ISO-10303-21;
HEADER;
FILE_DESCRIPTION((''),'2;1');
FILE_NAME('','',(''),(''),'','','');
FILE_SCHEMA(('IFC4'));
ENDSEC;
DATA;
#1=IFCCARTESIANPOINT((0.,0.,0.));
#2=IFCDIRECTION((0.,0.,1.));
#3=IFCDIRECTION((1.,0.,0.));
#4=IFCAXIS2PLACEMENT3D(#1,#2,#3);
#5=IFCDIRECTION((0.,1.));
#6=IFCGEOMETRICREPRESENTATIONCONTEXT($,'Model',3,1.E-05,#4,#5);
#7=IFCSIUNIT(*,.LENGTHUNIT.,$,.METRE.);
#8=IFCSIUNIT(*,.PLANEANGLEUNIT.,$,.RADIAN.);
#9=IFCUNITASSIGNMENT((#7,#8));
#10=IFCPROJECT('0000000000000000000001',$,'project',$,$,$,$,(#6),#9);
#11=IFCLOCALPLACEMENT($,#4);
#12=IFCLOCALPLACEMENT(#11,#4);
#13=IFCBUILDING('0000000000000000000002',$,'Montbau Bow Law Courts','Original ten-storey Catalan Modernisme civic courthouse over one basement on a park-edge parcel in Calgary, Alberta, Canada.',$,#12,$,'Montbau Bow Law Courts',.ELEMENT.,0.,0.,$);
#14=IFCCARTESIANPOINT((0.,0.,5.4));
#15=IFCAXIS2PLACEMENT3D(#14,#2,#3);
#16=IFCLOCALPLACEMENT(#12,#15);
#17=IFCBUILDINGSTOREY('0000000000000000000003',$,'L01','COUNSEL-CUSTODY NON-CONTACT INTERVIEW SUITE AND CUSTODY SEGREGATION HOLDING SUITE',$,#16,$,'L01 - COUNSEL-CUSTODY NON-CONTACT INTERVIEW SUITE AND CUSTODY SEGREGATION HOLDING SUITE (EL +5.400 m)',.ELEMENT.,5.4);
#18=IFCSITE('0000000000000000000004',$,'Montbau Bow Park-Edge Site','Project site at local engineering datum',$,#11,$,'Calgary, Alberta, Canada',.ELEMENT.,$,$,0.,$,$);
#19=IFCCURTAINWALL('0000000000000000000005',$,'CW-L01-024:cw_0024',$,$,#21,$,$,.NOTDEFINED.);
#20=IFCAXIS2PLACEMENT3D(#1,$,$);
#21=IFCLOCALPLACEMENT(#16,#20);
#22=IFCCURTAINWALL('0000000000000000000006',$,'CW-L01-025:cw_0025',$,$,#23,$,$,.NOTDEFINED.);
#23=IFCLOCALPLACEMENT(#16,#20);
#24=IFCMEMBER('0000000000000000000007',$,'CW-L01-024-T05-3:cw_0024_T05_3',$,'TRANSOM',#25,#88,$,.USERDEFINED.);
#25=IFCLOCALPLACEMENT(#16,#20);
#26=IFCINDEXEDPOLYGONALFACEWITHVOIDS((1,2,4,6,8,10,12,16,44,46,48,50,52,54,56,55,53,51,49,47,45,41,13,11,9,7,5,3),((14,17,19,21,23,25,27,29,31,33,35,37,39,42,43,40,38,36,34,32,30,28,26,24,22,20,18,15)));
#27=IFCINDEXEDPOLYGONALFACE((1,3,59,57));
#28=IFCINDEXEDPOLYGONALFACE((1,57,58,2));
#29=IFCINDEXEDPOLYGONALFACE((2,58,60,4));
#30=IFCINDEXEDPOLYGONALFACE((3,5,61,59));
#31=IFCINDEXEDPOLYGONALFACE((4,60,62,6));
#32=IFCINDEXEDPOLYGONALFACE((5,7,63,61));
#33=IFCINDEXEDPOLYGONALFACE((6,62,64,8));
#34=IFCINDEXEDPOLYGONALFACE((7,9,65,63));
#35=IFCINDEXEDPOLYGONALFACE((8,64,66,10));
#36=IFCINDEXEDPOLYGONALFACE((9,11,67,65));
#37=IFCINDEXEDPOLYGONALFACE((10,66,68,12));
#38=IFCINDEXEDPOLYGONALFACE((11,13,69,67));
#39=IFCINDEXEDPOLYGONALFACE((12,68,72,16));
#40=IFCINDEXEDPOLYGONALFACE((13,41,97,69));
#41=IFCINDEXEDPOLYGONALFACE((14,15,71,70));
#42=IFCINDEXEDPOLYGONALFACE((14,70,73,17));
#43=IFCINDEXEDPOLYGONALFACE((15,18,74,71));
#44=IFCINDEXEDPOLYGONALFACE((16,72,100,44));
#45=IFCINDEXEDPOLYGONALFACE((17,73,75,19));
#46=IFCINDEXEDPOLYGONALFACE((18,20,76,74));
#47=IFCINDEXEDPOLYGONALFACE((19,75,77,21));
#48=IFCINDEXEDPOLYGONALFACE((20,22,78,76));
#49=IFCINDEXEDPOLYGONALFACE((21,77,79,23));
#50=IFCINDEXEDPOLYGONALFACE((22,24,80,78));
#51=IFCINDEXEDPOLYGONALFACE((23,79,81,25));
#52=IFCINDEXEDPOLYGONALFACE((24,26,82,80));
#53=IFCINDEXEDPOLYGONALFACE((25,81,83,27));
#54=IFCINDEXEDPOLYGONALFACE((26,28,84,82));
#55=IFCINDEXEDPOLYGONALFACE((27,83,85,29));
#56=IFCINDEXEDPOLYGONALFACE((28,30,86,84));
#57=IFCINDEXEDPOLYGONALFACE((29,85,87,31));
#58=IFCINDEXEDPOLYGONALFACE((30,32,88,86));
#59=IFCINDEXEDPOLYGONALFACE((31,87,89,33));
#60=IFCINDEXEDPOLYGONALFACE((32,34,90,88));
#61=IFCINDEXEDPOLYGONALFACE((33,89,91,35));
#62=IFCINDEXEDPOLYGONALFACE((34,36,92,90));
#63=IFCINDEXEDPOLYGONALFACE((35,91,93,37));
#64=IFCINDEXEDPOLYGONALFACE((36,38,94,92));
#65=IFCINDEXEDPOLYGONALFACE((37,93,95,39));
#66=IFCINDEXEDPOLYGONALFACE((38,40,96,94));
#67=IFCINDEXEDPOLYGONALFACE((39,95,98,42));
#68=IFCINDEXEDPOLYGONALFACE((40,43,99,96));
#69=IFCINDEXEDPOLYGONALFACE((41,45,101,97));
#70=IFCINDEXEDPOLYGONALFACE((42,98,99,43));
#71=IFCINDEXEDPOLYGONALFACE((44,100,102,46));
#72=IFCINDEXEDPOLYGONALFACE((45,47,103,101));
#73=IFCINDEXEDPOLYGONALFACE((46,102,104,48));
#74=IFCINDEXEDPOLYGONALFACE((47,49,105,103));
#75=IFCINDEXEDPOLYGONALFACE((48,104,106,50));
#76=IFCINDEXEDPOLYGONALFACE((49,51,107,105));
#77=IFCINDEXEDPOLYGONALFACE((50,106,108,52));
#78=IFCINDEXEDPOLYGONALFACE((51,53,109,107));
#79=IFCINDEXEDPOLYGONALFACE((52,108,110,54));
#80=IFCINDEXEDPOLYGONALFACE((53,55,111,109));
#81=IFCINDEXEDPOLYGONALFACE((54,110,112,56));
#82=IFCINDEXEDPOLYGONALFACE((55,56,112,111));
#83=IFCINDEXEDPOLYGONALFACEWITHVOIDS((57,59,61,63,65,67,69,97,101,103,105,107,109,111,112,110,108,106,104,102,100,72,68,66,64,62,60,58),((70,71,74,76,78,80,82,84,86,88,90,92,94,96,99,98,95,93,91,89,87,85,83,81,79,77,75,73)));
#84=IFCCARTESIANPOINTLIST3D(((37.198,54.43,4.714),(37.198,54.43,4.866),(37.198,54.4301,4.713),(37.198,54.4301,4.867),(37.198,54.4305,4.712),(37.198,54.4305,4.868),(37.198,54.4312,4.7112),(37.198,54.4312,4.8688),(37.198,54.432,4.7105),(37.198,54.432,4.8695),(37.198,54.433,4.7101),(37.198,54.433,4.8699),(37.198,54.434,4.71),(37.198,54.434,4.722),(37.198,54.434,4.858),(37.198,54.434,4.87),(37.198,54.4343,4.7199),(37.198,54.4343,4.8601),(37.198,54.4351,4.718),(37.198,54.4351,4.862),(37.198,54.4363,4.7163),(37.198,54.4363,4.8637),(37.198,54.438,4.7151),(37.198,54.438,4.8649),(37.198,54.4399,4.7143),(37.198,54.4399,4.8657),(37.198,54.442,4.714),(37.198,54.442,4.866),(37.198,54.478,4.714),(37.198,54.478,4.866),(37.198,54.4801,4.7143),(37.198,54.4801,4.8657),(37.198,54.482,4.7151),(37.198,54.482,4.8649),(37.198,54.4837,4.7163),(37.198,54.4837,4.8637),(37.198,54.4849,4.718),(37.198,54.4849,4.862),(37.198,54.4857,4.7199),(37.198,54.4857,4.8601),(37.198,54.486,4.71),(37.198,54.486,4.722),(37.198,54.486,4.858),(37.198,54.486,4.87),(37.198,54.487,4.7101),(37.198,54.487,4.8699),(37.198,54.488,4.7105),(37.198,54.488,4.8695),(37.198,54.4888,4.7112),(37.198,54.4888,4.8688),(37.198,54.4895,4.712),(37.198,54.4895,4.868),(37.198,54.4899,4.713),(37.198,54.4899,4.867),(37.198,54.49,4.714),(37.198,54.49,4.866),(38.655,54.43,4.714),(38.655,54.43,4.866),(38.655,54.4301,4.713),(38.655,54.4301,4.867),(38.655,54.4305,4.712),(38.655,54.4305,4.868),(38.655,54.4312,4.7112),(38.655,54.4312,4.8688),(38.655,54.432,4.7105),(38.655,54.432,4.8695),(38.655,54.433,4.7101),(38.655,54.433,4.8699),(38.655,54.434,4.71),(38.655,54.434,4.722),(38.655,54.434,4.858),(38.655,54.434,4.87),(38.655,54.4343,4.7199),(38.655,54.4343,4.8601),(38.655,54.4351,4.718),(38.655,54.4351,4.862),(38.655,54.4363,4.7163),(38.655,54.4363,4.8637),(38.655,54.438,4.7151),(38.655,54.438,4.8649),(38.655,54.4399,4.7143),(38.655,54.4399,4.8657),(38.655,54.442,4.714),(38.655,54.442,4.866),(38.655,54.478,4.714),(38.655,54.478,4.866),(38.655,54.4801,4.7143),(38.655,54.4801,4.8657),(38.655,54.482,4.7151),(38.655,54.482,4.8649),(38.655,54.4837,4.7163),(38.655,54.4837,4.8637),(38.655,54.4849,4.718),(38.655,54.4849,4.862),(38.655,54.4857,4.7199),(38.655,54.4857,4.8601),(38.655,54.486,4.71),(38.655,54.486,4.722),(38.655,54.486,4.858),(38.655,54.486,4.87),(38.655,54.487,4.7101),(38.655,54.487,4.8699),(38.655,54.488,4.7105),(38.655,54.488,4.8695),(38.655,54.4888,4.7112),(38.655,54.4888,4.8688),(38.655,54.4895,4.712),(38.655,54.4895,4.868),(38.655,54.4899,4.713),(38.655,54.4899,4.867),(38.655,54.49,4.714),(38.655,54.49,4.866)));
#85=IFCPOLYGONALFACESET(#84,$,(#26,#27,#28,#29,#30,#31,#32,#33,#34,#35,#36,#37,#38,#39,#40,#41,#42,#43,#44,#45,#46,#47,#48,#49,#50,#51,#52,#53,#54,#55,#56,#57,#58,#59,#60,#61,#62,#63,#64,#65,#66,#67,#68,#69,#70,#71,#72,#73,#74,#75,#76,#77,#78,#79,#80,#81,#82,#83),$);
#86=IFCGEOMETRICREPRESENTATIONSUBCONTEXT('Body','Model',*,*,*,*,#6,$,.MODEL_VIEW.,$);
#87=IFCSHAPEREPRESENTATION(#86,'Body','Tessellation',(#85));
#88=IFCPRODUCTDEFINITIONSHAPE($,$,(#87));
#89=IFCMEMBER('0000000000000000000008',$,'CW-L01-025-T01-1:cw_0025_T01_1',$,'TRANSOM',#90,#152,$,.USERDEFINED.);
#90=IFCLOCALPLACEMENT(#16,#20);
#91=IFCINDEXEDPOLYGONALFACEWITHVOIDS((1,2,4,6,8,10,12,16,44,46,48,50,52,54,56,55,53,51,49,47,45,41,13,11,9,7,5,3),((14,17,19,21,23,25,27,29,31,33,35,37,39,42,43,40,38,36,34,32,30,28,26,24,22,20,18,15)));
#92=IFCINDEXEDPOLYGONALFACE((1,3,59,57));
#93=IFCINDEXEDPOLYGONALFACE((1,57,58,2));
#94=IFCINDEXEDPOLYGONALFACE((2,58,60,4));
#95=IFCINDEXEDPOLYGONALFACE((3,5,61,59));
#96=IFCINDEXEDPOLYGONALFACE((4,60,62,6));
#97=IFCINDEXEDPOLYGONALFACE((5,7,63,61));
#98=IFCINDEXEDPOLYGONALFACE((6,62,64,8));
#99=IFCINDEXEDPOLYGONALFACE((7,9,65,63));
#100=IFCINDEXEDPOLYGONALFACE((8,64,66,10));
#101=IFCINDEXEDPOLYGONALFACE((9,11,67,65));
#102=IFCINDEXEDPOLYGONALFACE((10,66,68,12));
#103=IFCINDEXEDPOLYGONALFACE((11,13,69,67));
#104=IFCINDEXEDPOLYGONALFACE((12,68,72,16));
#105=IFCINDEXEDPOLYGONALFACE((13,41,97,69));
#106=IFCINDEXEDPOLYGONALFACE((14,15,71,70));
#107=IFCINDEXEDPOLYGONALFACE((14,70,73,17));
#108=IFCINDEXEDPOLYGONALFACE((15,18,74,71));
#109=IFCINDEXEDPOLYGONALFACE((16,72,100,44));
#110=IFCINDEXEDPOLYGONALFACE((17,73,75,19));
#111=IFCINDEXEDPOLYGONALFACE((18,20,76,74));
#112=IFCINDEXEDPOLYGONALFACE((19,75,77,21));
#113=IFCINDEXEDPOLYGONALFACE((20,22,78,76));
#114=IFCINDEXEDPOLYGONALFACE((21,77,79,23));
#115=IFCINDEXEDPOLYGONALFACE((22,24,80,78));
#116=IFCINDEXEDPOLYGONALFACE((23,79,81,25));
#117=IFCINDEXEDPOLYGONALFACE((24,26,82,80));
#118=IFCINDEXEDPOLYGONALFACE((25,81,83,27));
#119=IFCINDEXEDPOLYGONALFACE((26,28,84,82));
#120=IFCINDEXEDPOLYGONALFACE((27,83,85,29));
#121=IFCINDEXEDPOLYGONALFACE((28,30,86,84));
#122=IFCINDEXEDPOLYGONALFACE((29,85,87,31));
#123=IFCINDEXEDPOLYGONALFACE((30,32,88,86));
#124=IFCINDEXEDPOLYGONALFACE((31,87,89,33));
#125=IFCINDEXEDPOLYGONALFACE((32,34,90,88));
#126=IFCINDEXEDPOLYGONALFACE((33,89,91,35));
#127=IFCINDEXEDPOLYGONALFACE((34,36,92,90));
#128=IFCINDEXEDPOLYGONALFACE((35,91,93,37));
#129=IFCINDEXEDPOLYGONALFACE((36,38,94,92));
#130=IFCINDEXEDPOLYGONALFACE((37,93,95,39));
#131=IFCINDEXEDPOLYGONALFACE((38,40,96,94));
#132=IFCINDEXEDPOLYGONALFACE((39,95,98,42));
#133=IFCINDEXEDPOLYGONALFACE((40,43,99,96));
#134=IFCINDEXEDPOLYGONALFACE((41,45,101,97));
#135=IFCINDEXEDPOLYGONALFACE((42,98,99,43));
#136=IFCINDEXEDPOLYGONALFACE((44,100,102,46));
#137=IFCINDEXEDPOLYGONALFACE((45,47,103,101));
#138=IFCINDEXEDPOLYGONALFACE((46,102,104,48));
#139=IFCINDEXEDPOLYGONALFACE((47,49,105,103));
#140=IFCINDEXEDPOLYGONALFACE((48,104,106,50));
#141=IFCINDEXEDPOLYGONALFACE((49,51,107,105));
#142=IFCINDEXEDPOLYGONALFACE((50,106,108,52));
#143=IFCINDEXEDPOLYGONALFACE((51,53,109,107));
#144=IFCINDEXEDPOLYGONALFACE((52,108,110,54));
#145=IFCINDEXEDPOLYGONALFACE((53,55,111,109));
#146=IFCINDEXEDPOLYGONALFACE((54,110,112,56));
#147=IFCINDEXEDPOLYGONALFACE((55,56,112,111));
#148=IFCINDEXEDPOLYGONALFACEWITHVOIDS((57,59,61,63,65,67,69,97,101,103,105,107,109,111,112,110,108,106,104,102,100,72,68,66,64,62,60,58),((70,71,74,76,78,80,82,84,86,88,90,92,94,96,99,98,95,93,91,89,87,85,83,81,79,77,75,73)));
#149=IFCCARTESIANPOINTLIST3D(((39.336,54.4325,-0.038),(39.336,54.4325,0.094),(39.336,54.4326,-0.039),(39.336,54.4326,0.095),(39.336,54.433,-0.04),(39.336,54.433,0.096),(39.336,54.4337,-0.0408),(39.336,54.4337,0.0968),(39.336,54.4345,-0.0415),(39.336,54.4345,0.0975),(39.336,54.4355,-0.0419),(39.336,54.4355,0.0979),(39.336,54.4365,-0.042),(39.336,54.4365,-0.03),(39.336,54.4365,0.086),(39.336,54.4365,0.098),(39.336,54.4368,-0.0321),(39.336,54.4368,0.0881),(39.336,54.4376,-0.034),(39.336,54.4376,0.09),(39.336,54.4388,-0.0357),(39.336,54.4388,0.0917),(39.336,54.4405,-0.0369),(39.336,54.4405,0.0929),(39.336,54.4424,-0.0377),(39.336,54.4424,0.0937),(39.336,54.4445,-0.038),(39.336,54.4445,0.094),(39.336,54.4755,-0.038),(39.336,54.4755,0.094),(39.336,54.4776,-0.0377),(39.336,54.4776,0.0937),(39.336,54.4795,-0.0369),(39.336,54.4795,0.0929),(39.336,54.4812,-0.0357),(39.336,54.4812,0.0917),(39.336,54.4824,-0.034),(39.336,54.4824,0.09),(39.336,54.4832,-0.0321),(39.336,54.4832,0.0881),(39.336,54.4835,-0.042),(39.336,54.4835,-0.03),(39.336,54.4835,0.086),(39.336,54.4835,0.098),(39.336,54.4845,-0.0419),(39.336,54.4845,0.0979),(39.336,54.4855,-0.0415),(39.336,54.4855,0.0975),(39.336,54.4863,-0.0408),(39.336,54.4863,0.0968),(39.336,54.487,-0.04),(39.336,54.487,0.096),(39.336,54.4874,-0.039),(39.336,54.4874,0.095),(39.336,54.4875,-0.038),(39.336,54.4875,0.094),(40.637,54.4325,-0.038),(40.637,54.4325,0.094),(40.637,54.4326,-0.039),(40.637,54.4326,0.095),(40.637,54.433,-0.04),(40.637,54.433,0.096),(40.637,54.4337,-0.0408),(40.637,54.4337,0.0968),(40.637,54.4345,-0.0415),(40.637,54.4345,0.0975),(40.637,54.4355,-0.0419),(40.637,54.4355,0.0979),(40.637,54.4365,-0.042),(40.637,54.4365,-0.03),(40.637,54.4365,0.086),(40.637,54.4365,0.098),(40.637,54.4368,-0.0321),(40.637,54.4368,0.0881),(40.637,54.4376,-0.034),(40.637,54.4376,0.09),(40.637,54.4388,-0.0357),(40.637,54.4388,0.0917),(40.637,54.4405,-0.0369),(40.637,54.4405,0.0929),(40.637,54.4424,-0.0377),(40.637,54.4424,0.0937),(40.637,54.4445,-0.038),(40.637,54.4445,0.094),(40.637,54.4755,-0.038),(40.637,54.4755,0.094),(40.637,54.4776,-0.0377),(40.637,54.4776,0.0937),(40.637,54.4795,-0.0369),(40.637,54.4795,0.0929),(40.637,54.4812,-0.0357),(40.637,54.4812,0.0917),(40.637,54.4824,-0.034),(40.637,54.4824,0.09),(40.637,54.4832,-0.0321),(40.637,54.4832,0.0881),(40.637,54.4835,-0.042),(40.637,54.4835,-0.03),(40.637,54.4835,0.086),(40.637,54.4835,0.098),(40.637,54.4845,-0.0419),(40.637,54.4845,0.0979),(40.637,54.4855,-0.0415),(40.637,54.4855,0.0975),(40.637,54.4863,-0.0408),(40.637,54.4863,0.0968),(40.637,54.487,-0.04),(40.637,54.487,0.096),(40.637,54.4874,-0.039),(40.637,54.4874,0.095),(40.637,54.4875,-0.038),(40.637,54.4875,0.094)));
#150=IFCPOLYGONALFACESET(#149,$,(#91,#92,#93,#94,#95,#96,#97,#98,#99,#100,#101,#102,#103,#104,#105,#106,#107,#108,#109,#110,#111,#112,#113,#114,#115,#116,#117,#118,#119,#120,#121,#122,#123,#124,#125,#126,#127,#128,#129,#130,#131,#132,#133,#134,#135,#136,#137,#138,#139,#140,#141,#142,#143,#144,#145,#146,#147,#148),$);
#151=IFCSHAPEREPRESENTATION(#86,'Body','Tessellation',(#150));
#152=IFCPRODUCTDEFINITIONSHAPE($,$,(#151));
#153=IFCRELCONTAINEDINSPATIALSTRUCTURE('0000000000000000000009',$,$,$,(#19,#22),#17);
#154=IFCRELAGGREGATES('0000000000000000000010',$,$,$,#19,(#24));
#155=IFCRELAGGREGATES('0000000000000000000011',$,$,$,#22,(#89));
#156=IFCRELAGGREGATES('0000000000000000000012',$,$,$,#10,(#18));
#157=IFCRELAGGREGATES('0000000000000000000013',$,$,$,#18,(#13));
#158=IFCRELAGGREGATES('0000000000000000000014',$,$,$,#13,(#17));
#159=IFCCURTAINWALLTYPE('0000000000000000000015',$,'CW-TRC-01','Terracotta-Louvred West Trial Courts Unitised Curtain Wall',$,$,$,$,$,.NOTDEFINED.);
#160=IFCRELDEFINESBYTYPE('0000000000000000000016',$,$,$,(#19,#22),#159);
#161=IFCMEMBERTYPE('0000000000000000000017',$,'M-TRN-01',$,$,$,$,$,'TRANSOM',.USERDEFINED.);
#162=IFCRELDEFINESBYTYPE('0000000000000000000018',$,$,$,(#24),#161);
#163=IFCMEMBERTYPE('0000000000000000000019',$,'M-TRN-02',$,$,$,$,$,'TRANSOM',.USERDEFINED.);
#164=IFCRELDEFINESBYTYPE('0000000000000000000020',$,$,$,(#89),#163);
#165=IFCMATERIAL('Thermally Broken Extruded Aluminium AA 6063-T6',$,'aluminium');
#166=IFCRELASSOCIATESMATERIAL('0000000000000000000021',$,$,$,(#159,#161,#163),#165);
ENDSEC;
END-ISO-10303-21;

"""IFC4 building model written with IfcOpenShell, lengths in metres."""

from ifc_helpers import new_model, si_unit, direction, frame, origin_with_axes, origin_2d_with_axis, place, context, subcontext, project, spatial, hollow_rectangle, extrude, material, material_profile, profile_set, type_object, element, aggregate, save


model = new_model("IFC4")

# Units and contexts
model_context = context("Model", 3, precision=1e-05, world=origin_with_axes(), true_north=direction((0.0, 1.0)))
body_context = subcontext(model_context, "Body", "Model", "MODEL_VIEW")
ifc_project = project(units=[si_unit("LENGTHUNIT", "METRE"), si_unit("PLANEANGLEUNIT", "RADIAN")], contexts=[model_context])

# Site, building, storey
site_placement = place(None, origin_with_axes())
site = spatial("IfcSite", under=ifc_project, at=site_placement, Name="Montbau Bow Park-Edge Site", Description="Project site at local engineering datum", LongName="Calgary, Alberta, Canada", CompositionType="ELEMENT", RefElevation=0.0)
building_placement = place(site_placement, origin_with_axes())
building = spatial("IfcBuilding", under=site, at=building_placement, Name="Montbau Bow Law Courts", Description="Original ten-storey Catalan Modernisme civic courthouse over one basement on a park-edge parcel in Calgary, Alberta, Canada.", LongName="Montbau Bow Law Courts", CompositionType="ELEMENT", ElevationOfRefHeight=0.0, ElevationOfTerrain=0.0)
storey_placement = place(building_placement, frame((0.0, 0.0, 5.4), z_axis=(0.0, 0.0, 1.0), x_axis=(1.0, 0.0, 0.0)))
storey = spatial("IfcBuildingStorey", under=building, at=storey_placement, Name="L01", Description="COUNSEL-CUSTODY NON-CONTACT INTERVIEW SUITE AND CUSTODY SEGREGATION HOLDING SUITE", LongName="L01 - COUNSEL-CUSTODY NON-CONTACT INTERVIEW SUITE AND CUSTODY SEGREGATION HOLDING SUITE (EL +5.400 m)", CompositionType="ELEMENT", Elevation=5.4)

# Curtain walls
ifc_material_1 = material(Name="Thermally Broken Extruded Aluminium AA 6063-T6", Category="aluminium")
curtain_wall_type = type_object("IfcCurtainWallType", Name="CW-TRC-01", Description="Terracotta-Louvred West Trial Courts Unitised Curtain Wall", PredefinedType="NOTDEFINED", material=ifc_material_1)
curtain_wall_1_placement = place(None, frame((30.867, 54.46, 5.4), z_axis=(0.0, 0.0, 1.0), x_axis=(1.0, 0.0, 0.0)))
curtain_wall_1 = element("IfcCurtainWall", 1, at=curtain_wall_1_placement, inside=storey, type_object=curtain_wall_type, Name="CW-L01-024:cw_0024", PredefinedType="NOTDEFINED")
curtain_wall_2_placement = place(None, frame((39.268, 54.46, 5.4), z_axis=(0.0, 0.0, 1.0), x_axis=(1.0, 0.0, 0.0)))
curtain_wall_2 = element("IfcCurtainWall", 2, at=curtain_wall_2_placement, inside=storey, type_object=curtain_wall_type, Name="CW-L01-025:cw_0025", PredefinedType="NOTDEFINED")

# Members
ifc_material_profile_1 = material_profile(ifc_material_1, hollow_rectangle(XDim=0.06, YDim=0.16, WallThickness=0.004, InnerFilletRadius=0.008, OuterFilletRadius=0.004, at=origin_2d_with_axis()), Name="CWT-160X60", Category="Main", Priority=0)
ifc_profile_set_1 = profile_set([ifc_material_profile_1], Name="Thermally Broken Extruded Aluminium AA 6063-T6")
member_type_1 = type_object("IfcMemberType", Name="M-TRN-01", ElementType="TRANSOM", PredefinedType="USERDEFINED", material=ifc_profile_set_1)
member_1_placement = place(None, frame((37.198, 54.46, 10.19), z_axis=(1.0, 0.0, 0.0), x_axis=(0.0, 1.0, 0.0)))
member_1 = element("IfcMember", 3, at=member_1_placement, type_object=member_type_1, Name="CW-L01-024-T05-3:cw_0024_T05_3", ObjectType="TRANSOM", PredefinedType="USERDEFINED", context=body_context, shape_type="SweptSolid", body=[
    extrude(hollow_rectangle(XDim=0.06, YDim=0.16, WallThickness=0.004, InnerFilletRadius=0.008, OuterFilletRadius=0.004, at=origin_2d_with_axis()), origin_with_axes(), (0.0, 0.0, 1.0), 1.457),
])
ifc_material_profile_2 = material_profile(ifc_material_1, hollow_rectangle(XDim=0.055, YDim=0.14, WallThickness=0.004, InnerFilletRadius=0.008, OuterFilletRadius=0.004, at=origin_2d_with_axis()), Name="CWT-140X55", Category="Main", Priority=0)
ifc_profile_set_2 = profile_set([ifc_material_profile_2], Name="Thermally Broken Extruded Aluminium AA 6063-T6")
member_type_2 = type_object("IfcMemberType", Name="M-TRN-02", ElementType="TRANSOM", PredefinedType="USERDEFINED", material=ifc_profile_set_2)
member_2_placement = place(None, frame((39.336, 54.46, 5.428), z_axis=(1.0, 0.0, 0.0), x_axis=(0.0, 1.0, 0.0)))
member_2 = element("IfcMember", 4, at=member_2_placement, type_object=member_type_2, Name="CW-L01-025-T01-1:cw_0025_T01_1", ObjectType="TRANSOM", PredefinedType="USERDEFINED", context=body_context, shape_type="SweptSolid", body=[
    extrude(hollow_rectangle(XDim=0.055, YDim=0.14, WallThickness=0.004, InnerFilletRadius=0.008, OuterFilletRadius=0.004, at=origin_2d_with_axis()), origin_with_axes(), (0.0, 0.0, 1.0), 1.301),
])

aggregate(curtain_wall_1, [member_1])
aggregate(curtain_wall_2, [member_2])

save(model, "model.ifc")
